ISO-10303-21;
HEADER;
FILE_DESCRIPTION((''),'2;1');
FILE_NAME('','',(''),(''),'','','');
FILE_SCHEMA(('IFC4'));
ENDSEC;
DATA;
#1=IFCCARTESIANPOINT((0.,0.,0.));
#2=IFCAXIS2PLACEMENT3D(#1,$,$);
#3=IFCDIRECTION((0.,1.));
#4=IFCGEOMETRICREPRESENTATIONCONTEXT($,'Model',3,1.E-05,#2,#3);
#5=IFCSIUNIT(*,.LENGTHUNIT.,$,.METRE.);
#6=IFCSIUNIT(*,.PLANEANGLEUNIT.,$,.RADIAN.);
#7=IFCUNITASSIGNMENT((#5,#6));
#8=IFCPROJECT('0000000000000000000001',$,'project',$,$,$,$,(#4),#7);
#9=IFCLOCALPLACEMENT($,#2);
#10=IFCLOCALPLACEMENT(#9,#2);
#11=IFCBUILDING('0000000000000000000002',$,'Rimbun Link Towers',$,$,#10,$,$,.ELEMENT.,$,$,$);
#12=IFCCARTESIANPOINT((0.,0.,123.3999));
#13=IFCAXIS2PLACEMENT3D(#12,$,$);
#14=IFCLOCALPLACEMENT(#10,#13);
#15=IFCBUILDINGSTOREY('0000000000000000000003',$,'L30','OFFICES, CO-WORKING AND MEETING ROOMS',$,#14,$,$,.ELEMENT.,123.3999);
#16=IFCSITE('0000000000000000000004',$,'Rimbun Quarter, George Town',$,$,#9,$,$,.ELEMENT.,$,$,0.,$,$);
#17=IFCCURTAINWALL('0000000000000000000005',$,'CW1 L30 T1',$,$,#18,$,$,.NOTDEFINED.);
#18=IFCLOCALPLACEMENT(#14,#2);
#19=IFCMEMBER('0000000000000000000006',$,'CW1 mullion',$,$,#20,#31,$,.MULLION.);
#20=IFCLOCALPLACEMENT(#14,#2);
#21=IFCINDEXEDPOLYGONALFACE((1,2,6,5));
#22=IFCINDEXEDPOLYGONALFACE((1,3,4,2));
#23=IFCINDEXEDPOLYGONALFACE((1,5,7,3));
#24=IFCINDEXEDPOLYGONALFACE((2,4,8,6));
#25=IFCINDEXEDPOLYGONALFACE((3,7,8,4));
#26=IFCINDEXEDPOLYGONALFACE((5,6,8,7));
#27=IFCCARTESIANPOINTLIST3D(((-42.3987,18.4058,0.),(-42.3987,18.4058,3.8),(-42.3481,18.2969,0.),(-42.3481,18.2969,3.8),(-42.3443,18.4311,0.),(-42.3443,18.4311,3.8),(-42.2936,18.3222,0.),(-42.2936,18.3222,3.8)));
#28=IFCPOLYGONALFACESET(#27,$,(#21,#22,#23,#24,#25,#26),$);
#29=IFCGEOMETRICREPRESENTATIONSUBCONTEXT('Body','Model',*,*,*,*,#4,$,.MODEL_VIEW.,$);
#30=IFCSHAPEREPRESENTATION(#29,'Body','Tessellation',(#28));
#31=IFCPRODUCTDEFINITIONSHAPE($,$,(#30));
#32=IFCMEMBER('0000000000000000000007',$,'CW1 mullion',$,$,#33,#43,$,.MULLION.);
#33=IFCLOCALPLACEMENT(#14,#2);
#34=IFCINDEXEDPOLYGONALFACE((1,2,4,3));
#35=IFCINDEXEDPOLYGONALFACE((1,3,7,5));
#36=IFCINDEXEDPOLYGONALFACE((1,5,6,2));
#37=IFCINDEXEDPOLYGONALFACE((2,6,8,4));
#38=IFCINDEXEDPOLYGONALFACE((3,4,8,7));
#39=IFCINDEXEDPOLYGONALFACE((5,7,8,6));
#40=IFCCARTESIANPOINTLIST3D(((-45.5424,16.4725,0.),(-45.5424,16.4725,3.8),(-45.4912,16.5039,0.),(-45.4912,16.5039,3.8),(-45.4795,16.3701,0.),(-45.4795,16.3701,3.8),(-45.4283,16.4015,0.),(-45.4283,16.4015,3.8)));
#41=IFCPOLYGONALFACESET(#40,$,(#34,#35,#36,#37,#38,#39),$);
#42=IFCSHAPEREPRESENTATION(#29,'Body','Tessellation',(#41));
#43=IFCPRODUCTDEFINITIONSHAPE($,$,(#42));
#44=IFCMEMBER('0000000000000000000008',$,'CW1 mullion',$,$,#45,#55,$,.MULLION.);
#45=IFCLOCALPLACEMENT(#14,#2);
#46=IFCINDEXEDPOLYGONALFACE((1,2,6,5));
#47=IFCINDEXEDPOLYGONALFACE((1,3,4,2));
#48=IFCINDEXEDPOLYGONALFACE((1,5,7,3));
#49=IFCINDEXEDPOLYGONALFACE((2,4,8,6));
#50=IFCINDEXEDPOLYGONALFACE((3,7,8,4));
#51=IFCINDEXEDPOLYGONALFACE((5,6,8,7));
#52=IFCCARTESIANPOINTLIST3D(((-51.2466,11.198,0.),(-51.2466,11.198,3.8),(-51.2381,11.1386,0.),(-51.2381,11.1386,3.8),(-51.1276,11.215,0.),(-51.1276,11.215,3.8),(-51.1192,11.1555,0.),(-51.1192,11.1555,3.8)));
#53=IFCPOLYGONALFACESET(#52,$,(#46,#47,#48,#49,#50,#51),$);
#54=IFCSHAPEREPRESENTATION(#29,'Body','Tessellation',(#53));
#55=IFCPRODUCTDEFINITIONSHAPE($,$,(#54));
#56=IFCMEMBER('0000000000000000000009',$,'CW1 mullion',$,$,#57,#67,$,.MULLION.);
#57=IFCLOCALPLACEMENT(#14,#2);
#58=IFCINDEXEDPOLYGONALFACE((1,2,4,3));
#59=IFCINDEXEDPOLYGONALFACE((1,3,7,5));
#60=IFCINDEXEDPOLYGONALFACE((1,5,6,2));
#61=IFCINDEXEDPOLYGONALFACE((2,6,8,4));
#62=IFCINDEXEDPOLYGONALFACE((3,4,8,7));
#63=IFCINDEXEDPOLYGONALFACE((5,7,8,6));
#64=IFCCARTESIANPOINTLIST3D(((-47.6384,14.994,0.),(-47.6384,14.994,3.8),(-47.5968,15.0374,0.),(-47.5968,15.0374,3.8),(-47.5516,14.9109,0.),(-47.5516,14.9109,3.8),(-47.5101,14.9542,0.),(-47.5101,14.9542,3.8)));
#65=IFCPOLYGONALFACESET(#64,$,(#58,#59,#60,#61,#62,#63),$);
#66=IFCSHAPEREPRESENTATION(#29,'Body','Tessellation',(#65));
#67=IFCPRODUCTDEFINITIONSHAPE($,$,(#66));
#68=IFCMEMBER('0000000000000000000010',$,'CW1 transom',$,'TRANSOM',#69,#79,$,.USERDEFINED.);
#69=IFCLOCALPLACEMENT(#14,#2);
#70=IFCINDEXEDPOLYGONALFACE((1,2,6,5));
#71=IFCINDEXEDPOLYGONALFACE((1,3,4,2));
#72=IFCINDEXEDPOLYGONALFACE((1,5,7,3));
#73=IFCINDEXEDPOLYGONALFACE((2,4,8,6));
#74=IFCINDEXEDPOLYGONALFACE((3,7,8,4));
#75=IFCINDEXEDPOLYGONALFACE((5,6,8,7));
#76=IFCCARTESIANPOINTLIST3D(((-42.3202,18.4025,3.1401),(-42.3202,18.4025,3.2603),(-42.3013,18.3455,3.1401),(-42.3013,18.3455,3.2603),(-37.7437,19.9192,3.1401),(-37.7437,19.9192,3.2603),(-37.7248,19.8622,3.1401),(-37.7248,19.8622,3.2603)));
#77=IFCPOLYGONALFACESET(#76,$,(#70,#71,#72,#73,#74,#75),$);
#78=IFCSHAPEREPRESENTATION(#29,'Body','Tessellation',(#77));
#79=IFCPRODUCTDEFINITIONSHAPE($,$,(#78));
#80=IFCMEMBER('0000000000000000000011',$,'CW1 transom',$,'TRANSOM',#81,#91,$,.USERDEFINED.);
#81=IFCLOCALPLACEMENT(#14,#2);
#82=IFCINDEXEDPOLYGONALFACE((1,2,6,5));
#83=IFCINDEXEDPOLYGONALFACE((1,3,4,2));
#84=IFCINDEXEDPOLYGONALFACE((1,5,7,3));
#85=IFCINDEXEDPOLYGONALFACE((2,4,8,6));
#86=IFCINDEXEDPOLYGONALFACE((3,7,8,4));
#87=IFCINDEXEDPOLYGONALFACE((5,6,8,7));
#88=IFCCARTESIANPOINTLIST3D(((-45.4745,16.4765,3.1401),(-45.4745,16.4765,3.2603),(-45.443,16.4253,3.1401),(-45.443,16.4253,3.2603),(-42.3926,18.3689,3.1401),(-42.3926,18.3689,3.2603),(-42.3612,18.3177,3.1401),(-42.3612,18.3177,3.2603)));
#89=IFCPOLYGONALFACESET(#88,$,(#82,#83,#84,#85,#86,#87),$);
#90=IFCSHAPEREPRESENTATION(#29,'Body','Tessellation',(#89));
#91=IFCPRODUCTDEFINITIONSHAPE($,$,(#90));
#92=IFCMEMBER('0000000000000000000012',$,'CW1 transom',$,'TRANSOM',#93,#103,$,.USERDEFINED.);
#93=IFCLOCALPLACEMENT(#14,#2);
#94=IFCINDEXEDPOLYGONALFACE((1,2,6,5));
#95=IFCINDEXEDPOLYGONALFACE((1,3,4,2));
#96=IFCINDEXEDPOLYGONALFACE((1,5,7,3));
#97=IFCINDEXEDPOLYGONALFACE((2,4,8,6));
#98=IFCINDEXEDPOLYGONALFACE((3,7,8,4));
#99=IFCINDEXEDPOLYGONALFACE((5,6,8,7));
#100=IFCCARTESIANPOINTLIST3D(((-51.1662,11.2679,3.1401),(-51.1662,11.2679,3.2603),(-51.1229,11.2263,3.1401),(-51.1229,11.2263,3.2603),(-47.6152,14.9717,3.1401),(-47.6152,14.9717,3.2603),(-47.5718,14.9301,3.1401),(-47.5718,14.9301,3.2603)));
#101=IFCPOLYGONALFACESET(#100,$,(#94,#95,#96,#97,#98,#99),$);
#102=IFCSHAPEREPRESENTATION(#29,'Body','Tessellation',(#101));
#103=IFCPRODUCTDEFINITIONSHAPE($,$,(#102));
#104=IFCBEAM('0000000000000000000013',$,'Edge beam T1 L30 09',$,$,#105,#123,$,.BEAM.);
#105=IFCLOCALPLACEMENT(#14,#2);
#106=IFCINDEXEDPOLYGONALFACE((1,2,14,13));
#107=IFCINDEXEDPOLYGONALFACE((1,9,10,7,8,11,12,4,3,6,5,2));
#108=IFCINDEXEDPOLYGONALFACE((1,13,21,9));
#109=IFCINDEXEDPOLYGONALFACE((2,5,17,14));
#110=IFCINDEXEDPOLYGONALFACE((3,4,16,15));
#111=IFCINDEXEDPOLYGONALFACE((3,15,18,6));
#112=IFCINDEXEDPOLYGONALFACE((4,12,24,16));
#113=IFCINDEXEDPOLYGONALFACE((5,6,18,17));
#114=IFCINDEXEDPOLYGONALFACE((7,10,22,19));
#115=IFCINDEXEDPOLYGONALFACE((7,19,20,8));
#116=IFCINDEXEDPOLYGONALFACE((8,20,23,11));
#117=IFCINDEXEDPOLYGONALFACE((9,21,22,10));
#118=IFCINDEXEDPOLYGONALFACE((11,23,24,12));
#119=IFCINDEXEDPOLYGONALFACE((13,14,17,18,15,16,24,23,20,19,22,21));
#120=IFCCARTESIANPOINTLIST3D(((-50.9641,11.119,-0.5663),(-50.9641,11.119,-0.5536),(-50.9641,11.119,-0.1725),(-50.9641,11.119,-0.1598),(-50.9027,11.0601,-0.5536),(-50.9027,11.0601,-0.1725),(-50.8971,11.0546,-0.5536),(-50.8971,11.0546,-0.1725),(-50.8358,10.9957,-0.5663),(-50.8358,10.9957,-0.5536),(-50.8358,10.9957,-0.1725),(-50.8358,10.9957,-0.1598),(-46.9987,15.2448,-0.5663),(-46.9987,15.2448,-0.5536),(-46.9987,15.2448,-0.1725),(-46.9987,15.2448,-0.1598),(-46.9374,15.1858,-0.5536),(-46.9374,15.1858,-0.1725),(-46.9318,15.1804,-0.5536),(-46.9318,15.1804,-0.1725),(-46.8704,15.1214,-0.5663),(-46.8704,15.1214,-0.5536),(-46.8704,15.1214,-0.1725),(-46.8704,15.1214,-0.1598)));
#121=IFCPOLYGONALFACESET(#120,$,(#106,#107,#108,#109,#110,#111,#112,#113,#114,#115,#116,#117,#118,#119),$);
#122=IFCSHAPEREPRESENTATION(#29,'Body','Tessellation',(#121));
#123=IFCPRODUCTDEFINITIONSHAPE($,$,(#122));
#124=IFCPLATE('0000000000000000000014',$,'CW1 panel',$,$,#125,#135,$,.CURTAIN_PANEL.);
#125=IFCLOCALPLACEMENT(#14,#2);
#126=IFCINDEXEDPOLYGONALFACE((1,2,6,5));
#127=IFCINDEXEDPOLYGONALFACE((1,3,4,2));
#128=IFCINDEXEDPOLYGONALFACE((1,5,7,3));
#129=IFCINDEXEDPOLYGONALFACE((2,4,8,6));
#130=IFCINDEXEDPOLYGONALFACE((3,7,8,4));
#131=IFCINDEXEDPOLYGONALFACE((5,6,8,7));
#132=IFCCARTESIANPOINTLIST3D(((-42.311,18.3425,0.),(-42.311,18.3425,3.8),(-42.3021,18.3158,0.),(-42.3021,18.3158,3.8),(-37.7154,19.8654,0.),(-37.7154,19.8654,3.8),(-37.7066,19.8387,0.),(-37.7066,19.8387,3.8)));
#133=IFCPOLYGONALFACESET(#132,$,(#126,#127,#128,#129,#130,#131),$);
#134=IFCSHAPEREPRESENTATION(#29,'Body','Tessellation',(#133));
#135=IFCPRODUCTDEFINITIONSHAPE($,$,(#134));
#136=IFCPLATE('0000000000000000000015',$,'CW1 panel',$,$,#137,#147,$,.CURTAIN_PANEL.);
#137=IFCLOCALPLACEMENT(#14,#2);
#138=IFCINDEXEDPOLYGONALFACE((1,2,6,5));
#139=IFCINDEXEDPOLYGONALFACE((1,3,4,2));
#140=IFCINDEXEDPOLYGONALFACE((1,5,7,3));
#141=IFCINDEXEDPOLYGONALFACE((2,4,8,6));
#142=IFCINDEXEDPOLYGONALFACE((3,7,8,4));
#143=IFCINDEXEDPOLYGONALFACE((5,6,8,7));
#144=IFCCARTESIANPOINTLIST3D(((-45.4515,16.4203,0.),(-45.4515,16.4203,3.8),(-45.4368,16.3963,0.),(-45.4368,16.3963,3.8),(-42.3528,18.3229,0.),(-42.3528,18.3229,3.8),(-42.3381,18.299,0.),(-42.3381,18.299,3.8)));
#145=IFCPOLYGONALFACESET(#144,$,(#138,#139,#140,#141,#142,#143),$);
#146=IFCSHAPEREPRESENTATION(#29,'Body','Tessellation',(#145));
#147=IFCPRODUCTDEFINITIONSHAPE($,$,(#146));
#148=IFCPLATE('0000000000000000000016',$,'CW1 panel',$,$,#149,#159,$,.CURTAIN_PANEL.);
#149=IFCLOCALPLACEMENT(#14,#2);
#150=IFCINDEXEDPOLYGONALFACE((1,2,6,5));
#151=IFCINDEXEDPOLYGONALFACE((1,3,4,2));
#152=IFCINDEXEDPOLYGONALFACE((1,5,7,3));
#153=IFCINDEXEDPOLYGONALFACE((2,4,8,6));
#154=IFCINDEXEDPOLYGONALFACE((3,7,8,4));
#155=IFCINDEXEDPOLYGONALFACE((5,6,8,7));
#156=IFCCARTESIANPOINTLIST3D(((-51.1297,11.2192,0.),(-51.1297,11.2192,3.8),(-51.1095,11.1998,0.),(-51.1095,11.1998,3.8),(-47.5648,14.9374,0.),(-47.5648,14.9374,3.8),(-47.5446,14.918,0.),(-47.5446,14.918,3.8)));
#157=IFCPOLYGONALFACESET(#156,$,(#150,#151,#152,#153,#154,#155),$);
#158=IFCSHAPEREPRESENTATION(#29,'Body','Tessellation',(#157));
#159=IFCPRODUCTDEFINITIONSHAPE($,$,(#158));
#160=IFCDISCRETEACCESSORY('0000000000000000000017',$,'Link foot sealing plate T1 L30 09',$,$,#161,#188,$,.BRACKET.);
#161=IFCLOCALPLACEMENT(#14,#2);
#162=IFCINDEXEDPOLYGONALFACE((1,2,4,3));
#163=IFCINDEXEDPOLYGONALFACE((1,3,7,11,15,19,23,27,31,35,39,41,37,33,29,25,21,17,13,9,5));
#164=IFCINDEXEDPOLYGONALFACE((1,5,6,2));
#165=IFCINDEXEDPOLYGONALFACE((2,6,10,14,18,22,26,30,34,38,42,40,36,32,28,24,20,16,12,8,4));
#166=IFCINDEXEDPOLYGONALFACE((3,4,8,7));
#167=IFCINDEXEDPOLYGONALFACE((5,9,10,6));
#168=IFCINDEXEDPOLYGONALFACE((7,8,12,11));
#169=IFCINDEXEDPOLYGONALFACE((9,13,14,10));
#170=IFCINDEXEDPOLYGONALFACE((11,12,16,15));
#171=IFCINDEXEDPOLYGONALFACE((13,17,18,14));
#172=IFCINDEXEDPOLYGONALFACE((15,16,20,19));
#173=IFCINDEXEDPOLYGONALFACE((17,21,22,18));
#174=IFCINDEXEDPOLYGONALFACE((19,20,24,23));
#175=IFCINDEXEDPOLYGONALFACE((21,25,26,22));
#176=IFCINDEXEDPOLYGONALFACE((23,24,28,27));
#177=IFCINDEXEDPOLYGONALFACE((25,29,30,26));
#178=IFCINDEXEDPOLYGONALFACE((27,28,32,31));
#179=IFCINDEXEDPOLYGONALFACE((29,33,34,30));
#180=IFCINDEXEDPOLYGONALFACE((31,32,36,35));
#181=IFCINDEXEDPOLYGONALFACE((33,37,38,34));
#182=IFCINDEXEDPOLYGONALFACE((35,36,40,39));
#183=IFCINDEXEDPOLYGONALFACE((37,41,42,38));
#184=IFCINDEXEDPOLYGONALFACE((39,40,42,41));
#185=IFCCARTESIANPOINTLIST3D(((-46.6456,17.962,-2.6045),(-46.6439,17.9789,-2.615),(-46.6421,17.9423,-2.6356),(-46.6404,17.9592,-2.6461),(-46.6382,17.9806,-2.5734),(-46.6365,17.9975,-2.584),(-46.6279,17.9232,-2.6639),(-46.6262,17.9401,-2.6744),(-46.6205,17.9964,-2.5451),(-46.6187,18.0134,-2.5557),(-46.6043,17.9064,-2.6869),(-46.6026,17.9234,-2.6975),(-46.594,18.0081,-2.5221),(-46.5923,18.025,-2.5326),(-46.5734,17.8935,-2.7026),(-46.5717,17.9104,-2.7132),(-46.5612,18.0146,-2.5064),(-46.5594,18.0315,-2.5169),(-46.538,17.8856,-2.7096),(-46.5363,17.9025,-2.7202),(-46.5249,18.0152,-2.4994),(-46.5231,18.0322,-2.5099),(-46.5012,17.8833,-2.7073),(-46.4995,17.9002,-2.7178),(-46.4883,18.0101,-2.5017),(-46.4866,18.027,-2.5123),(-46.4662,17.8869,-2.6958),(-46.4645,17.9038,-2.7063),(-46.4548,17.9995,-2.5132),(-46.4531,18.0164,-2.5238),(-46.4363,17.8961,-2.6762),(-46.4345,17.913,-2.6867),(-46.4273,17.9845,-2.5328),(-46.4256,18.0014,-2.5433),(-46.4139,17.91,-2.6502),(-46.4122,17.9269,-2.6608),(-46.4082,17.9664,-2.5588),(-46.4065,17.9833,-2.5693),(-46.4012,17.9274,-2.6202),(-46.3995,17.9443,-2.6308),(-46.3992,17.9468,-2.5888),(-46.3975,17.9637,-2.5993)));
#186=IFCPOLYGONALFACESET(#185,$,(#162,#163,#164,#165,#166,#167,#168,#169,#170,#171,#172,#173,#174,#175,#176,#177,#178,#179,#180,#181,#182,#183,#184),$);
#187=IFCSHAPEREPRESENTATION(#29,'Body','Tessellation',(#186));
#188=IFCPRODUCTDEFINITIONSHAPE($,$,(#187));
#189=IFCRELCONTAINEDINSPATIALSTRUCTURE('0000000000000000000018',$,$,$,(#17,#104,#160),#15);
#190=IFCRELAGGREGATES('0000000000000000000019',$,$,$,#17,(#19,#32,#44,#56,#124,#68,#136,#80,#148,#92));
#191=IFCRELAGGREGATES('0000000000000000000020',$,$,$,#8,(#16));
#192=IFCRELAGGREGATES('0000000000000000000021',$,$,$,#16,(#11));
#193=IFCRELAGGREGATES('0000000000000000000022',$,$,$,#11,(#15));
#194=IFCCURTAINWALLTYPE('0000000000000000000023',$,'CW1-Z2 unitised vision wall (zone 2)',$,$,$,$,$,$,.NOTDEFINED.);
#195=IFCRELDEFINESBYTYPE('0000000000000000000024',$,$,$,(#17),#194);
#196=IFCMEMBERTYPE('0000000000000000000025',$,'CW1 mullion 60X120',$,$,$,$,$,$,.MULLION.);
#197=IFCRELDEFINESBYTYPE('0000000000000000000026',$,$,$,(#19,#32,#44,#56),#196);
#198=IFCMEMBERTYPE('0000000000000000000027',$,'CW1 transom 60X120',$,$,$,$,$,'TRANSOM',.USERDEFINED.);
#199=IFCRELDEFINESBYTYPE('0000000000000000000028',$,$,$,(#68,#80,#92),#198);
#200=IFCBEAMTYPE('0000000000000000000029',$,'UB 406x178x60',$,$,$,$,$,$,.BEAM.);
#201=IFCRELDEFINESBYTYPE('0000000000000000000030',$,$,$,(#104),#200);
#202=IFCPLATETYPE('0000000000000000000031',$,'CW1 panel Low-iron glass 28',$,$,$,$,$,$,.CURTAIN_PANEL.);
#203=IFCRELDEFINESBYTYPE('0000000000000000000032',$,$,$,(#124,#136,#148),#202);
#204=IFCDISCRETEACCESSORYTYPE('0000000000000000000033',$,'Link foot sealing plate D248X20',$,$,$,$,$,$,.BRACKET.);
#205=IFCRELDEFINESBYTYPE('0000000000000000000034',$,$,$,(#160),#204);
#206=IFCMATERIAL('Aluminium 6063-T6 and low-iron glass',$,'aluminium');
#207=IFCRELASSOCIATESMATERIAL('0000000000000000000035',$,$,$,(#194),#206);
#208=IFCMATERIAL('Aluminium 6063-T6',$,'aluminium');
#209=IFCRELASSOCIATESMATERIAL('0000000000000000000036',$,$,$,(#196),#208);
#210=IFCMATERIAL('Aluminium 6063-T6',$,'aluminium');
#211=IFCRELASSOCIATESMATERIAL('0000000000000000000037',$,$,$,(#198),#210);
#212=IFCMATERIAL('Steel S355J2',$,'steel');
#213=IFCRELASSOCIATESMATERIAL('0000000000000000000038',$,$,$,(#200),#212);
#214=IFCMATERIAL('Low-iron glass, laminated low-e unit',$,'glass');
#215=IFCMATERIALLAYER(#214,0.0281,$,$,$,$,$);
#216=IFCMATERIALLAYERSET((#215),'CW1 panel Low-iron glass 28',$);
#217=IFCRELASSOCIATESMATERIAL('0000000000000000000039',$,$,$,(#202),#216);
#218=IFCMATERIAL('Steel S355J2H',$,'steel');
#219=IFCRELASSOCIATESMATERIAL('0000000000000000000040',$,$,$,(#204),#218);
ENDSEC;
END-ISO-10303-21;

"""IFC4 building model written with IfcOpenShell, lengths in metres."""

from ifc_helpers import new_model, si_unit, direction, frame, origin, origin_2d, place, context, subcontext, project, spatial, rectangle, circle, i_section, extrude, material, layer, layer_set, material_profile, profile_set, type_object, element, aggregate, save


model = new_model("IFC4")

# Units and contexts
model_context = context("Model", 3, precision=1e-05, world=origin(), true_north=direction((0.0, 1.0)))
body_context = subcontext(model_context, "Body", "Model", "MODEL_VIEW")
ifc_project = project(units=[si_unit("LENGTHUNIT", "METRE"), si_unit("PLANEANGLEUNIT", "RADIAN")], contexts=[model_context])

# Site, building, storey
site_placement = place(None, origin())
site = spatial("IfcSite", under=ifc_project, at=site_placement, Name="Rimbun Quarter, George Town", CompositionType="ELEMENT", RefElevation=0.0)
building_placement = place(site_placement, origin())
building = spatial("IfcBuilding", under=site, at=building_placement, Name="Rimbun Link Towers", CompositionType="ELEMENT")
storey_placement = place(building_placement, frame((0.0, 0.0, 123.3999)))
storey = spatial("IfcBuildingStorey", under=building, at=storey_placement, Name="L30", Description="OFFICES, CO-WORKING AND MEETING ROOMS", CompositionType="ELEMENT", Elevation=123.3999)

# Curtain wall, members
ifc_material_1 = material(Name="Aluminium 6063-T6 and low-iron glass", Category="aluminium")
curtain_wall_type = type_object("IfcCurtainWallType", Name="CW1-Z2 unitised vision wall (zone 2)", PredefinedType="NOTDEFINED", material=ifc_material_1)
curtain_wall_placement = place(storey_placement, origin())
curtain_wall = element("IfcCurtainWall", 1, at=curtain_wall_placement, inside=storey, type_object=curtain_wall_type, Name="CW1 L30 T1", PredefinedType="NOTDEFINED")
ifc_material_2 = material(Name="Aluminium 6063-T6", Category="aluminium")
ifc_material_profile_1 = material_profile(ifc_material_2, rectangle(XDim=0.1201, YDim=0.0601, at=origin_2d()), Name="MULLION 60X120")
ifc_profile_set_1 = profile_set([ifc_material_profile_1], Name="Aluminium 6063-T6")
member_type_1 = type_object("IfcMemberType", Name="CW1 mullion 60X120", PredefinedType="MULLION", material=ifc_profile_set_1)
member_1_placement = place(storey_placement, frame((-42.3462, 18.364, 0.0), z_axis=(0.0, 0.0, 1.0), x_axis=(-0.421705, 0.906733, 0.0)))
member_1 = element("IfcMember", 2, at=member_1_placement, type_object=member_type_1, Name="CW1 mullion", PredefinedType="MULLION", context=body_context, shape_type="SweptSolid", body=[
    extrude(rectangle(XDim=0.1201, YDim=0.0601, at=origin_2d()), origin(), (0.0, 0.0, 1.0), 3.8),
])
member_2_placement = place(storey_placement, frame((-45.4854, 16.437, 0.0), z_axis=(0.0, 0.0, 1.0), x_axis=(-0.523243, 0.852183, 0.0)))
member_2 = element("IfcMember", 3, at=member_2_placement, type_object=member_type_1, Name="CW1 mullion", PredefinedType="MULLION", context=body_context, shape_type="SweptSolid", body=[
    extrude(rectangle(XDim=0.1201, YDim=0.0601, at=origin_2d()), origin(), (0.0, 0.0, 1.0), 3.8),
])
member_3_placement = place(storey_placement, frame((-51.1829, 11.1768, 0.0), z_axis=(0.0, 0.0, 1.0), x_axis=(-0.990016, -0.140956, 0.0)))
member_3 = element("IfcMember", 4, at=member_3_placement, type_object=member_type_1, Name="CW1 mullion", PredefinedType="MULLION", context=body_context, shape_type="SweptSolid", body=[
    extrude(rectangle(XDim=0.1201, YDim=0.0601, at=origin_2d()), origin(), (0.0, 0.0, 1.0), 3.8),
])
member_4_placement = place(storey_placement, frame((-47.5742, 14.9741, 0.0), z_axis=(0.0, 0.0, 1.0), x_axis=(-0.721835, 0.692065, 0.0)))
member_4 = element("IfcMember", 5, at=member_4_placement, type_object=member_type_1, Name="CW1 mullion", PredefinedType="MULLION", context=body_context, shape_type="SweptSolid", body=[
    extrude(rectangle(XDim=0.1201, YDim=0.0601, at=origin_2d()), origin(), (0.0, 0.0, 1.0), 3.8),
])
ifc_material_3 = material(Name="Aluminium 6063-T6", Category="aluminium")
ifc_material_profile_2 = material_profile(ifc_material_3, rectangle(XDim=0.0601, YDim=0.1201, at=origin_2d()), Name="TRANSOM 60X120")
ifc_profile_set_2 = profile_set([ifc_material_profile_2], Name="Aluminium 6063-T6")
member_type_2 = type_object("IfcMemberType", Name="CW1 transom 60X120", ElementType="TRANSOM", PredefinedType="USERDEFINED", material=ifc_profile_set_2)
member_5_placement = place(storey_placement, frame((-42.3108, 18.374, 3.2002), z_axis=(0.949234, 0.314571, 0.0), x_axis=(-0.314571, 0.949234, 0.0)))
member_5 = element("IfcMember", 6, at=member_5_placement, type_object=member_type_2, Name="CW1 transom", ObjectType="TRANSOM", PredefinedType="USERDEFINED", context=body_context, shape_type="SweptSolid", body=[
    extrude(rectangle(XDim=0.0601, YDim=0.1201, at=origin_2d()), origin(), (0.0, 0.0, 1.0), 4.8213),
])
member_6_placement = place(storey_placement, frame((-45.4587, 16.4509, 3.2002), z_axis=(0.85217, 0.523265, 0.0), x_axis=(-0.523265, 0.85217, 0.0)))
member_6 = element("IfcMember", 7, at=member_6_placement, type_object=member_type_2, Name="CW1 transom", ObjectType="TRANSOM", PredefinedType="USERDEFINED", context=body_context, shape_type="SweptSolid", body=[
    extrude(rectangle(XDim=0.0601, YDim=0.1201, at=origin_2d()), origin(), (0.0, 0.0, 1.0), 3.6165),
])
member_7_placement = place(storey_placement, frame((-51.1445, 11.2471, 3.2002), z_axis=(0.692057, 0.721843, 0.0), x_axis=(-0.721843, 0.692057, 0.0)))
member_7 = element("IfcMember", 8, at=member_7_placement, type_object=member_type_2, Name="CW1 transom", ObjectType="TRANSOM", PredefinedType="USERDEFINED", context=body_context, shape_type="SweptSolid", body=[
    extrude(rectangle(XDim=0.0601, YDim=0.1201, at=origin_2d()), origin(), (0.0, 0.0, 1.0), 5.1311),
])

# Beam
ifc_material_4 = material(Name="Steel S355J2", Category="steel")
ifc_material_profile_3 = material_profile(ifc_material_4, i_section(OverallWidth=0.178, OverallDepth=0.4065, WebThickness=0.0078, FlangeThickness=0.0127, at=origin_2d()), Name="UB 406x178x60")
ifc_profile_set_3 = profile_set([ifc_material_profile_3], Name="Steel S355J2")
beam_type = type_object("IfcBeamType", Name="UB 406x178x60", PredefinedType="BEAM", material=ifc_profile_set_3)
beam_placement = place(storey_placement, frame((-46.9346, 15.1831, -0.363), z_axis=(-0.692953, -0.720983, 0.0), x_axis=(0.720983, -0.692953, 0.0)))
element("IfcBeam", 9, at=beam_placement, inside=storey, type_object=beam_type, Name="Edge beam T1 L30 09", PredefinedType="BEAM", context=body_context, shape_type="SweptSolid", body=[
    extrude(i_section(OverallWidth=0.178, OverallDepth=0.4065, WebThickness=0.0078, FlangeThickness=0.0127, at=origin_2d()), origin(), (0.0, 0.0, 1.0), 5.7224),
])

# Plates
ifc_material_5 = material(Name="Low-iron glass, laminated low-e unit", Category="glass")
ifc_layer = layer(ifc_material_5, 0.0281)
ifc_layer_set = layer_set([ifc_layer], Name="CW1 panel Low-iron glass 28")
plate_type = type_object("IfcPlateType", Name="CW1 panel Low-iron glass 28", PredefinedType="CURTAIN_PANEL", material=ifc_layer_set)
plate_1_placement = place(storey_placement, frame((-40.0088, 19.0906, 0.0), z_axis=(0.0, 0.0, 1.0), x_axis=(0.949236, 0.314563, 0.0)))
plate_1 = element("IfcPlate", 10, at=plate_1_placement, type_object=plate_type, Name="CW1 panel", PredefinedType="CURTAIN_PANEL", context=body_context, shape_type="SweptSolid", body=[
    extrude(rectangle(XDim=4.8413, YDim=0.0281, at=origin_2d()), origin(), (0.0, 0.0, 1.0), 3.8),
])
plate_2_placement = place(storey_placement, frame((-43.8948, 17.3596, 0.0), z_axis=(0.0, 0.0, 1.0), x_axis=(0.852183, 0.523243, 0.0)))
plate_2 = element("IfcPlate", 11, at=plate_2_placement, type_object=plate_type, Name="CW1 panel", PredefinedType="CURTAIN_PANEL", context=body_context, shape_type="SweptSolid", body=[
    extrude(rectangle(XDim=3.6362, YDim=0.0281, at=origin_2d()), origin(), (0.0, 0.0, 1.0), 3.8),
])
plate_3_placement = place(storey_placement, frame((-49.3372, 13.0686, 0.0), z_axis=(0.0, 0.0, 1.0), x_axis=(0.692065, 0.721835, 0.0)))
plate_3 = element("IfcPlate", 12, at=plate_3_placement, type_object=plate_type, Name="CW1 panel", PredefinedType="CURTAIN_PANEL", context=body_context, shape_type="SweptSolid", body=[
    extrude(rectangle(XDim=5.1511, YDim=0.0281, at=origin_2d()), origin(), (0.0, 0.0, 1.0), 3.8),
])
aggregate(curtain_wall, [member_1, member_2, member_3, member_4, plate_1, member_5, plate_2, member_6, plate_3, member_7])

# Discrete accessory
ifc_material_6 = material(Name="Steel S355J2H", Category="steel")
ifc_material_profile_4 = material_profile(ifc_material_6, circle(Radius=0.124, at=origin_2d()), Name="PL D248")
ifc_profile_set_4 = profile_set([ifc_material_profile_4], Name="Steel S355J2H")
discrete_accessory_type = type_object("IfcDiscreteAccessoryType", Name="Link foot sealing plate D248X20", PredefinedType="BRACKET", material=ifc_profile_set_4)
discrete_accessory_placement = place(storey_placement, frame((-46.5222, 17.9495, -2.6045), z_axis=(0.085781, 0.84556, -0.526943), x_axis=(-0.994893, 0.100931, 0.0)))
element("IfcDiscreteAccessory", 13, at=discrete_accessory_placement, inside=storey, type_object=discrete_accessory_type, Name="Link foot sealing plate T1 L30 09", PredefinedType="BRACKET", context=body_context, shape_type="SweptSolid", body=[
    extrude(circle(Radius=0.124, at=origin_2d()), origin(), (0.0, 0.0, 1.0), 0.02),
])

save(model, "model.ifc")
